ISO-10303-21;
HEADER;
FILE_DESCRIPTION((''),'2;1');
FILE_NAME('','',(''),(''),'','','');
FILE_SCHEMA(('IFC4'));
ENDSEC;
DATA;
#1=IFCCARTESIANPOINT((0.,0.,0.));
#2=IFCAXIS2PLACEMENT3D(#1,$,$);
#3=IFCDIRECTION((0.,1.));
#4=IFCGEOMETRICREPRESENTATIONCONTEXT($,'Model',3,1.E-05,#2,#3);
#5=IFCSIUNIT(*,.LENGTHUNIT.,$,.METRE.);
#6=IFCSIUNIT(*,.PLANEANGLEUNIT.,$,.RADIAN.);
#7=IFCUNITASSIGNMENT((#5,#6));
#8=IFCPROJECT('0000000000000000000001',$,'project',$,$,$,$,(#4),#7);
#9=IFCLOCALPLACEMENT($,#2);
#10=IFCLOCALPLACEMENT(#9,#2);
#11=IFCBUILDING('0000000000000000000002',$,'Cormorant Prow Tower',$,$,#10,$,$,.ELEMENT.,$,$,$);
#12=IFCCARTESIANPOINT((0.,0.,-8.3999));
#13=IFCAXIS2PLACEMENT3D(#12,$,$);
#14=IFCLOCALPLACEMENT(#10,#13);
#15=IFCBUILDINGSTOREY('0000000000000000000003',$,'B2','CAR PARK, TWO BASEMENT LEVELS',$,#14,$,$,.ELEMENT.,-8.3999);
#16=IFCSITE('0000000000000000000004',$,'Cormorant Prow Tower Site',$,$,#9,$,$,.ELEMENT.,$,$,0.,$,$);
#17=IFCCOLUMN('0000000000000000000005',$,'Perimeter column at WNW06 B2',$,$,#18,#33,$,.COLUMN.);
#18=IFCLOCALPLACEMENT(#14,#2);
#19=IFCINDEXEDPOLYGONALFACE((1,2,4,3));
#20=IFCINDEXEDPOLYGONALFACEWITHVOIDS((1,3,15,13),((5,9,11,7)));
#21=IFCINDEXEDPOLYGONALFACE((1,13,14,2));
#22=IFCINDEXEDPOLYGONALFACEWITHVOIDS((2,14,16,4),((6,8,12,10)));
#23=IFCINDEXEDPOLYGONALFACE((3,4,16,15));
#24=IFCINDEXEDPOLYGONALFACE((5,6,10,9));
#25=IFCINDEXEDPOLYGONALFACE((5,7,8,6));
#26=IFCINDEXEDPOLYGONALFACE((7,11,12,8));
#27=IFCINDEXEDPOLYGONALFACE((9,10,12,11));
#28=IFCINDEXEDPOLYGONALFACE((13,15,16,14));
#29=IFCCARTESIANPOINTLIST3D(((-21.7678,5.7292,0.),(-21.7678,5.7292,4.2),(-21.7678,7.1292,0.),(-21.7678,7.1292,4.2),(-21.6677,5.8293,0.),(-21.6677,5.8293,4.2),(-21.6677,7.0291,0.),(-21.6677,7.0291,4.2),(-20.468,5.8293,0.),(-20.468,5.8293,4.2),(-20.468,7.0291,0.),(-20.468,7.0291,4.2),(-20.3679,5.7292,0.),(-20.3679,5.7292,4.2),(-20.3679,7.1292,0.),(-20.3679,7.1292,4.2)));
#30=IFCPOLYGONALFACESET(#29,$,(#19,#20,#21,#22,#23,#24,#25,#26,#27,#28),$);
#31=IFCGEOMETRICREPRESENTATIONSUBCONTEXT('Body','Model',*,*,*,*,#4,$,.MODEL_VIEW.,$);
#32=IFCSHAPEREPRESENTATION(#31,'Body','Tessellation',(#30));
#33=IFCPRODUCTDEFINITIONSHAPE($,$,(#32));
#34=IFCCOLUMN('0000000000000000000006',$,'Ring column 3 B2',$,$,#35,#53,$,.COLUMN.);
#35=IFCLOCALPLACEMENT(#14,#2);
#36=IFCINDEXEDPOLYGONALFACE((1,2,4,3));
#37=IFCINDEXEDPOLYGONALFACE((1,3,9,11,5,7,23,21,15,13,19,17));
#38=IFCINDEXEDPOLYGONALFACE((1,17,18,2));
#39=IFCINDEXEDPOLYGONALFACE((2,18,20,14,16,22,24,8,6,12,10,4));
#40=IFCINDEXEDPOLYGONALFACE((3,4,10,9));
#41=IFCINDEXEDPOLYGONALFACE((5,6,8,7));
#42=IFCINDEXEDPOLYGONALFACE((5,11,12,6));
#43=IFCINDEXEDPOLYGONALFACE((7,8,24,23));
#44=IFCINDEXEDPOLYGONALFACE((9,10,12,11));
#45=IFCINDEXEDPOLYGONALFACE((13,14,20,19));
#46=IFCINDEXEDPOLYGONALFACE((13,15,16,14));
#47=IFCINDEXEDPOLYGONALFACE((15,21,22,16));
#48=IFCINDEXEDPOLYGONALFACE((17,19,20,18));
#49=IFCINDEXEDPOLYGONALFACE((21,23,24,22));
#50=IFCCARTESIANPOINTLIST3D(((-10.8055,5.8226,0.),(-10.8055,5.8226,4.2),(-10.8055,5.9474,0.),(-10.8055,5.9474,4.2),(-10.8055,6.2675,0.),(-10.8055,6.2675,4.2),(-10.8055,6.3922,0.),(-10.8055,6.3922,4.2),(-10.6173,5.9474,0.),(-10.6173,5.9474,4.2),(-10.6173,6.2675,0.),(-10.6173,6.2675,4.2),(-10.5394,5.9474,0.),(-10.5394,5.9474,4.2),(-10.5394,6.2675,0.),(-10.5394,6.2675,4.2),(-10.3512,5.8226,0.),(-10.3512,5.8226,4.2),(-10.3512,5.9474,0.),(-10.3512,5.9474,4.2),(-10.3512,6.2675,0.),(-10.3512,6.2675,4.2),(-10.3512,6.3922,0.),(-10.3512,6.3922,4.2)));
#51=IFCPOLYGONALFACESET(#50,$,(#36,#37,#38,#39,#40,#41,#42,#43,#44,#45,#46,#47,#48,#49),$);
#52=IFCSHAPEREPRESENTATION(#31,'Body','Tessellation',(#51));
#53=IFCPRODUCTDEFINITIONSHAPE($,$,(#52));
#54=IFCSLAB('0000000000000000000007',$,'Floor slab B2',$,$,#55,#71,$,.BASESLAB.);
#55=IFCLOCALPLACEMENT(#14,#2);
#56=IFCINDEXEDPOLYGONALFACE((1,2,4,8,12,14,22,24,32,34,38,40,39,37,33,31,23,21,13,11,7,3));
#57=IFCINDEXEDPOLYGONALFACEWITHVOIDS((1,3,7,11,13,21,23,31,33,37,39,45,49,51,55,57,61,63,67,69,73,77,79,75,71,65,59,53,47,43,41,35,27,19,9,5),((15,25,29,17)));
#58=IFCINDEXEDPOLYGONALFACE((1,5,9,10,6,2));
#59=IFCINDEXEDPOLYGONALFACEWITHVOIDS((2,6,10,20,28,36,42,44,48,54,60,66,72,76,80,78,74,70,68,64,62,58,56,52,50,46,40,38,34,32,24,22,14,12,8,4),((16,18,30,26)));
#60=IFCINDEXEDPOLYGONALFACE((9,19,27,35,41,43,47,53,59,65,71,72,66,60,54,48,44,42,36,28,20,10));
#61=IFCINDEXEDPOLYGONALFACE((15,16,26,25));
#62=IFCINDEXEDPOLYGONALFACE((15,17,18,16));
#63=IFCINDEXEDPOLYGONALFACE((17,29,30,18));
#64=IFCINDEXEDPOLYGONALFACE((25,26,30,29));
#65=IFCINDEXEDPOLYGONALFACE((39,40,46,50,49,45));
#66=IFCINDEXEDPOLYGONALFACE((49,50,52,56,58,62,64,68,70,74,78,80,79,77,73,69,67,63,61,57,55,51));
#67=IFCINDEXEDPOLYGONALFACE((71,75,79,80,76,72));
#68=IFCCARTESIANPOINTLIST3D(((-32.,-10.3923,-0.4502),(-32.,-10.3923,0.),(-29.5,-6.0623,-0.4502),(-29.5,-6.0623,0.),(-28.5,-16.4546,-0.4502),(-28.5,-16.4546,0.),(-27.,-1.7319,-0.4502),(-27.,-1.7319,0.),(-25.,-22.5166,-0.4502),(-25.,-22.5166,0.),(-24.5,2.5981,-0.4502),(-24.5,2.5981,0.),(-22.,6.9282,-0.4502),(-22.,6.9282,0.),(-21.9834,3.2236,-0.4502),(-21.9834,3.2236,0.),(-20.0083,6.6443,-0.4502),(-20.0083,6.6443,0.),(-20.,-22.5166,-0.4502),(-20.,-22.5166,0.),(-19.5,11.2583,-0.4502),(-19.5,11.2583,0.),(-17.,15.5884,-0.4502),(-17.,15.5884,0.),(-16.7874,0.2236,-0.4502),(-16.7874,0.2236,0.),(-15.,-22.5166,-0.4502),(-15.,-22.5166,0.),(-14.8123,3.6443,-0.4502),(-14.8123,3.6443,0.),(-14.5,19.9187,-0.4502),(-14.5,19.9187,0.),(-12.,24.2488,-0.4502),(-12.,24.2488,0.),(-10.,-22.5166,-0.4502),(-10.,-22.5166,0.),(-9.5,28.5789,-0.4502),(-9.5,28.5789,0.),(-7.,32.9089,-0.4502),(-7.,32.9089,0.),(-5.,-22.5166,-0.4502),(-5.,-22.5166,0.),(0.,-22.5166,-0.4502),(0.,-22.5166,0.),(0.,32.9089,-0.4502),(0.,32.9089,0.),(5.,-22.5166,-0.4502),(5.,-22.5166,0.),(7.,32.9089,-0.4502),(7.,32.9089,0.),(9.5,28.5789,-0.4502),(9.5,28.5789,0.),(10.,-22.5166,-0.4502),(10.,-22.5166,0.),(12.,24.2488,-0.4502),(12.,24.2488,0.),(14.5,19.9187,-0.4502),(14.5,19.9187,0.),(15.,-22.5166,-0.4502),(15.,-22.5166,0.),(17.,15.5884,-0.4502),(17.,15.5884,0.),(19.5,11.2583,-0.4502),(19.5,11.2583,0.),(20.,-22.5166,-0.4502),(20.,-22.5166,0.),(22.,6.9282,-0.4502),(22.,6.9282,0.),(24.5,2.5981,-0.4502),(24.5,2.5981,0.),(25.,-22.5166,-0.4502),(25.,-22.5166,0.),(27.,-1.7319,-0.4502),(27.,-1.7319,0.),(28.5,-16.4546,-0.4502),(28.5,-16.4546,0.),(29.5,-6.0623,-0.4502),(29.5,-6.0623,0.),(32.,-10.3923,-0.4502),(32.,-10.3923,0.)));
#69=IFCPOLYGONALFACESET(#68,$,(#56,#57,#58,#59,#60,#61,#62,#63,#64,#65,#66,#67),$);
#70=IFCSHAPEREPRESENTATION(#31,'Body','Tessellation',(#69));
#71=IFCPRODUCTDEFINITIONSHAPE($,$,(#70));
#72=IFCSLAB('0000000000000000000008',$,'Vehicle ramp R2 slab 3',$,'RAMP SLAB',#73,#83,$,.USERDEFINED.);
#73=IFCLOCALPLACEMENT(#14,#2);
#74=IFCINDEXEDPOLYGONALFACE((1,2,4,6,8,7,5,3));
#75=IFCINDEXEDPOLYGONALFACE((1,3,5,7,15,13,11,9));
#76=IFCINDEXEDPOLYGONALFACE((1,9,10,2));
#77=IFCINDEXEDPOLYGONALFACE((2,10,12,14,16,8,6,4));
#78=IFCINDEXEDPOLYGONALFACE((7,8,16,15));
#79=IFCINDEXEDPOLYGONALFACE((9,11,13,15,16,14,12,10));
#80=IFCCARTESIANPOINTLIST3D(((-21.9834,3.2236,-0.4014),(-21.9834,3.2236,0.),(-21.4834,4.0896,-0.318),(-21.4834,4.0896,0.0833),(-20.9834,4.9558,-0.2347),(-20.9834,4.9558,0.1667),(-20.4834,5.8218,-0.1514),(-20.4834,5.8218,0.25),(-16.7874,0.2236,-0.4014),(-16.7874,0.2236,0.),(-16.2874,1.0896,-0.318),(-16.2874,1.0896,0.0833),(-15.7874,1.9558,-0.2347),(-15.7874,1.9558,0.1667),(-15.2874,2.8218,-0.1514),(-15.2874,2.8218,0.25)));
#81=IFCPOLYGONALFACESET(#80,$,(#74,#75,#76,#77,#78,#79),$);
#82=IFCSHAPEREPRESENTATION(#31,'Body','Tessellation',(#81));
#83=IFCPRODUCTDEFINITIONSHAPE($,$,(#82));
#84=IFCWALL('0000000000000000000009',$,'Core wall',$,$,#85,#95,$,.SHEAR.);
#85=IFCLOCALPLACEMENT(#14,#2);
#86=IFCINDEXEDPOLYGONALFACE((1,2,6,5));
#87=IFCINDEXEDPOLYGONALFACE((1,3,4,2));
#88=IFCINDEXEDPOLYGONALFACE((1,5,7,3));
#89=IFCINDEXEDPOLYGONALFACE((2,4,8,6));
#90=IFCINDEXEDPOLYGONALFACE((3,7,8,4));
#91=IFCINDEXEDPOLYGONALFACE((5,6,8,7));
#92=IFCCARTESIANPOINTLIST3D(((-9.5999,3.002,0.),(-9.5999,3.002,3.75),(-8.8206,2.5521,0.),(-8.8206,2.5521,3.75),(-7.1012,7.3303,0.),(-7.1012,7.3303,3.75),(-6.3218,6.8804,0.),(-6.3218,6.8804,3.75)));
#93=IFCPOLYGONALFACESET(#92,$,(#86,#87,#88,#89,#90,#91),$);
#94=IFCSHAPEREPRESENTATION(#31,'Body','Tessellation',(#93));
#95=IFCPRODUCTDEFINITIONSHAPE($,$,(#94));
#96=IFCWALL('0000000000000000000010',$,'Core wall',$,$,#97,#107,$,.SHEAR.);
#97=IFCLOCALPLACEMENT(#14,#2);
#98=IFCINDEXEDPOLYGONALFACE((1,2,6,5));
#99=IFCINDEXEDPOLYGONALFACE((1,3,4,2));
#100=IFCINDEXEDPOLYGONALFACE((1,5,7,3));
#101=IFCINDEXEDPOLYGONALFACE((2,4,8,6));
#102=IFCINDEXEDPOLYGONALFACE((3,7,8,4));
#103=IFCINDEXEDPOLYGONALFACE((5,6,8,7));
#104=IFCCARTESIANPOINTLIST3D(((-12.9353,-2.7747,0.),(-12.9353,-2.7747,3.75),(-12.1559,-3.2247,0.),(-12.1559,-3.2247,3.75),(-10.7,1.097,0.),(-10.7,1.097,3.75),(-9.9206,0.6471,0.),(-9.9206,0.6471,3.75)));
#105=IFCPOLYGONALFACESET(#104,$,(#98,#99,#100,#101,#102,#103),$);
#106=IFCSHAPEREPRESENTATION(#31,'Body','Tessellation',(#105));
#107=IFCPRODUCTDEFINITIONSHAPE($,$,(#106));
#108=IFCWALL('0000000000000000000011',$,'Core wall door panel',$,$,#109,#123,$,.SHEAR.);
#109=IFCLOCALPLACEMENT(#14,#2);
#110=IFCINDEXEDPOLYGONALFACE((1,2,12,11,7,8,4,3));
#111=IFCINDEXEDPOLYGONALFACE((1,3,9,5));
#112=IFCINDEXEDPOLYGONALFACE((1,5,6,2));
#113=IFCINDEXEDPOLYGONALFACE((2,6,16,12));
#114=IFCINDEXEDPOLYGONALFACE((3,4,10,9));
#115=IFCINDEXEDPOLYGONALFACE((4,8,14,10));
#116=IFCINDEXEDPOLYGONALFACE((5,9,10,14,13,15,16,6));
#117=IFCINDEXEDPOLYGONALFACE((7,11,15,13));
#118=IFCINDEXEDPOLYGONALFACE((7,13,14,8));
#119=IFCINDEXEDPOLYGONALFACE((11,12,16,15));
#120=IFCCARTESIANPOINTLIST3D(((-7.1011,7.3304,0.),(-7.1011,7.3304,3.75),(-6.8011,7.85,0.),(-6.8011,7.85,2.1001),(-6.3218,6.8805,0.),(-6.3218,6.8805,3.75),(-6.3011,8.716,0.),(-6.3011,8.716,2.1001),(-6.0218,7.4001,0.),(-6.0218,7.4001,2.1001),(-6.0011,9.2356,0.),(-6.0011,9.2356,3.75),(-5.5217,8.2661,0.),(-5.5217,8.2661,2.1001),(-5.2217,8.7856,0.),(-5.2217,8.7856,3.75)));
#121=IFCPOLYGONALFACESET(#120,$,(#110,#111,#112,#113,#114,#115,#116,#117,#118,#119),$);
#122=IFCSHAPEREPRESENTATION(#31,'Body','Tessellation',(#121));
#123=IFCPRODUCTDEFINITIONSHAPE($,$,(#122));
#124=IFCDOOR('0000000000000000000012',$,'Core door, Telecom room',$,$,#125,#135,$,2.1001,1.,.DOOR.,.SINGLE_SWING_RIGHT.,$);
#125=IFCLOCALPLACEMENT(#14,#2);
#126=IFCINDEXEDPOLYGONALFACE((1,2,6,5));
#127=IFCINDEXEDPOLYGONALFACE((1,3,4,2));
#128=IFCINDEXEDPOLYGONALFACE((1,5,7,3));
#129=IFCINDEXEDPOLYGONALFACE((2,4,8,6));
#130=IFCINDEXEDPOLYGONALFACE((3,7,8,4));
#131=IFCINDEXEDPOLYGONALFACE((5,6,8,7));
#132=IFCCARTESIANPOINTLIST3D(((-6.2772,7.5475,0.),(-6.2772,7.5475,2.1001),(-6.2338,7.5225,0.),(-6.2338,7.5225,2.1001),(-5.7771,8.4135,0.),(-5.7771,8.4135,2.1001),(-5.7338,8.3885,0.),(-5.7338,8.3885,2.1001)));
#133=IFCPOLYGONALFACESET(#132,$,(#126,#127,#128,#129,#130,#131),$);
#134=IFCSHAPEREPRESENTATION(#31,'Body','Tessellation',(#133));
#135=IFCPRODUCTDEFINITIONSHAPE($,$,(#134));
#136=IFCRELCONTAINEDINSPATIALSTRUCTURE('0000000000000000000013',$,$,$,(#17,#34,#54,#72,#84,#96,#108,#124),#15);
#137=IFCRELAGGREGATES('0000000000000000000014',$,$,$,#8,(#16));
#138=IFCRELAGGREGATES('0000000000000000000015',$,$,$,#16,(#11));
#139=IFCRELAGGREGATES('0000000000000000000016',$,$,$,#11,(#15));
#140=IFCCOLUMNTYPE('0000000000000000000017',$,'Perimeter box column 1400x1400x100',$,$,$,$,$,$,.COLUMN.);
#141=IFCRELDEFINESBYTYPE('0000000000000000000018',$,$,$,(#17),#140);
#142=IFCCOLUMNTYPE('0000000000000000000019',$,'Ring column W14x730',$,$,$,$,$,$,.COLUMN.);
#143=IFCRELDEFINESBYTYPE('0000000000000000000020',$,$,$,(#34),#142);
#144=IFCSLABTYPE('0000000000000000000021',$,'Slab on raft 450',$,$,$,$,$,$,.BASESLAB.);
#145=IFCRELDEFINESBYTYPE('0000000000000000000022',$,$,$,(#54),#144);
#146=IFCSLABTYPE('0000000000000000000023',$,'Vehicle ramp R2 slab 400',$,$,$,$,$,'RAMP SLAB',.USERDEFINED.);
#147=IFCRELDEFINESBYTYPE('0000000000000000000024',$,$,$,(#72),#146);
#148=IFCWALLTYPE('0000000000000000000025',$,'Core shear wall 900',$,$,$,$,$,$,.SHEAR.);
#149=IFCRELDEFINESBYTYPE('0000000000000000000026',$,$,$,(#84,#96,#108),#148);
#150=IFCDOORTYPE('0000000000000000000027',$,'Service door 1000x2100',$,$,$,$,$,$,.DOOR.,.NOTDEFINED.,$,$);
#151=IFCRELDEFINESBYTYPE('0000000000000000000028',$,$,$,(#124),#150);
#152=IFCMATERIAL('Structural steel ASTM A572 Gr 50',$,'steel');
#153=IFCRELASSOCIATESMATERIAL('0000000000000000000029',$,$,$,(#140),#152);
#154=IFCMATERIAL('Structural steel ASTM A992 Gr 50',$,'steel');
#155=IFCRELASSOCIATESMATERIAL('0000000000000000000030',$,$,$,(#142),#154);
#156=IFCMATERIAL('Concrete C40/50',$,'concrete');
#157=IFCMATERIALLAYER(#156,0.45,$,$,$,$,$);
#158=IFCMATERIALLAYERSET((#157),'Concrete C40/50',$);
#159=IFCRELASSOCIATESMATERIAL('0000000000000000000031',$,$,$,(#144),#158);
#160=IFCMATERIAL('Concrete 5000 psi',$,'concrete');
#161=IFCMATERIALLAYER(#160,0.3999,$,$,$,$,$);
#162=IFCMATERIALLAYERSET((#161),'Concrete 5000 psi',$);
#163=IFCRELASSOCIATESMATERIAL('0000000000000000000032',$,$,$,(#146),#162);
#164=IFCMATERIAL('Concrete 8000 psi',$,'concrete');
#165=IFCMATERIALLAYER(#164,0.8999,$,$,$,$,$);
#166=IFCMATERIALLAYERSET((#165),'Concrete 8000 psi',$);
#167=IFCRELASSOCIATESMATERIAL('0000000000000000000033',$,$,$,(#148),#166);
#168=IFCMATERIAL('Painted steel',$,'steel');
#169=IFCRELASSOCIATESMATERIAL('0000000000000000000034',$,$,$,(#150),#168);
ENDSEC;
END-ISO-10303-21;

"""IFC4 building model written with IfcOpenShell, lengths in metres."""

from ifc_helpers import new_model, si_unit, direction, frame, frame_2d, origin, origin_2d, place, context, subcontext, project, spatial, polyline, rectangle, hollow_rectangle, i_section, outline, extrude, material, layer, layer_set, material_profile, profile_set, type_object, element, fill, save


model = new_model("IFC4")

# Units and contexts
model_context = context("Model", 3, precision=1e-05, world=origin(), true_north=direction((0.0, 1.0)))
body_context = subcontext(model_context, "Body", "Model", "MODEL_VIEW")
ifc_project = project(units=[si_unit("LENGTHUNIT", "METRE"), si_unit("PLANEANGLEUNIT", "RADIAN")], contexts=[model_context])

# Site, building, storey
site_placement = place(None, origin())
site = spatial("IfcSite", under=ifc_project, at=site_placement, Name="Cormorant Prow Tower Site", CompositionType="ELEMENT", RefElevation=0.0)
building_placement = place(site_placement, origin())
building = spatial("IfcBuilding", under=site, at=building_placement, Name="Cormorant Prow Tower", CompositionType="ELEMENT")
storey_placement = place(building_placement, frame((0.0, 0.0, -8.3999)))
storey = spatial("IfcBuildingStorey", under=building, at=storey_placement, Name="B2", Description="CAR PARK, TWO BASEMENT LEVELS", CompositionType="ELEMENT", Elevation=-8.3999)

# Columns
ifc_material_1 = material(Name="Structural steel ASTM A572 Gr 50", Category="steel")
ifc_material_profile_1 = material_profile(ifc_material_1, hollow_rectangle(XDim=1.3999, YDim=1.3999, WallThickness=0.1001, at=origin_2d()), Name="Box 1400x1400x100")
ifc_profile_set_1 = profile_set([ifc_material_profile_1], Name="Structural steel ASTM A572 Gr 50")
column_type_1 = type_object("IfcColumnType", Name="Perimeter box column 1400x1400x100", PredefinedType="COLUMN", material=ifc_profile_set_1)
column_1_placement = place(storey_placement, frame((-21.0679, 6.4292, 0.0), z_axis=(0.0, 0.0, 1.0), x_axis=(1.0, 0.0, 0.0)))
element("IfcColumn", 1, at=column_1_placement, inside=storey, type_object=column_type_1, Name="Perimeter column at WNW06 B2", PredefinedType="COLUMN", context=body_context, shape_type="SweptSolid", body=[
    extrude(hollow_rectangle(XDim=1.3999, YDim=1.3999, WallThickness=0.1001, at=origin_2d()), origin(), (0.0, 0.0, 1.0), 4.2),
])
ifc_material_2 = material(Name="Structural steel ASTM A992 Gr 50", Category="steel")
ifc_material_profile_2 = material_profile(ifc_material_2, i_section(OverallWidth=0.4543, OverallDepth=0.5696, WebThickness=0.0779, FlangeThickness=0.1248, at=origin_2d()), Name="W14x730")
ifc_profile_set_2 = profile_set([ifc_material_profile_2], Name="Structural steel ASTM A992 Gr 50")
column_type_2 = type_object("IfcColumnType", Name="Ring column W14x730", PredefinedType="COLUMN", material=ifc_profile_set_2)
column_2_placement = place(storey_placement, frame((-10.5784, 6.1074, 0.0), z_axis=(0.0, 0.0, 1.0), x_axis=(1.0, 0.0, 0.0)))
element("IfcColumn", 2, at=column_2_placement, inside=storey, type_object=column_type_2, Name="Ring column 3 B2", PredefinedType="COLUMN", context=body_context, shape_type="SweptSolid", body=[
    extrude(i_section(OverallWidth=0.4543, OverallDepth=0.5696, WebThickness=0.0779, FlangeThickness=0.1248, at=origin_2d()), origin(), (0.0, 0.0, 1.0), 4.2),
])

# Slabs
ifc_material_3 = material(Name="Concrete C40/50", Category="concrete")
ifc_layer_1 = layer(ifc_material_3, 0.45)
ifc_layer_set_1 = layer_set([ifc_layer_1], Name="Concrete C40/50")
slab_type_1 = type_object("IfcSlabType", Name="Slab on raft 450", PredefinedType="BASESLAB", material=ifc_layer_set_1)
slab_1_placement = place(storey_placement, frame((0.0, 0.0, -0.4502)))
element("IfcSlab", 3, at=slab_1_placement, inside=storey, type_object=slab_type_1, Name="Floor slab B2", PredefinedType="BASESLAB", context=body_context, shape_type="SweptSolid", body=[
    extrude(outline(polyline([(-28.5, -16.4546), (-25.0, -22.5166), (-20.0, -22.5166), (-15.0, -22.5166), (-10.0, -22.5166), (-5.0, -22.5166), (0.0, -22.5166), (5.0, -22.5166), (10.0, -22.5166), (15.0, -22.5166), (20.0, -22.5166), (25.0, -22.5166), (28.5, -16.4546), (32.0, -10.3923), (29.5, -6.0623), (27.0, -1.7319), (24.5, 2.5981), (22.0, 6.9282), (19.5, 11.2583), (17.0, 15.5884), (14.5, 19.9187), (12.0, 24.2488), (9.5, 28.5789), (7.0, 32.9089), (0.0, 32.9089), (-7.0, 32.9089), (-9.5, 28.5789), (-12.0, 24.2488), (-14.5, 19.9187), (-17.0, 15.5884), (-19.5, 11.2583), (-22.0, 6.9282), (-24.5, 2.5981), (-27.0, -1.7319), (-29.5, -6.0623), (-32.0, -10.3923), (-28.5, -16.4546)]), holes=[polyline([(-20.0083, 6.6443), (-14.8123, 3.6443), (-16.7874, 0.2236), (-21.9834, 3.2236), (-20.0083, 6.6443)])]), origin(), (0.0, 0.0, 1.0), 0.4502),
])
ifc_material_4 = material(Name="Concrete 5000 psi", Category="concrete")
ifc_layer_2 = layer(ifc_material_4, 0.3999)
ifc_layer_set_2 = layer_set([ifc_layer_2], Name="Concrete 5000 psi")
slab_type_2 = type_object("IfcSlabType", Name="Vehicle ramp R2 slab 400", ElementType="RAMP SLAB", PredefinedType="USERDEFINED", material=ifc_layer_set_2)
slab_2_placement = place(storey_placement, frame((-15.2874, 2.8218, 0.25), z_axis=(-0.041523, -0.071918, 0.996546), x_axis=(-0.498298, -0.863019, -0.083044)))
element("IfcSlab", 4, at=slab_2_placement, inside=storey, type_object=slab_type_2, Name="Vehicle ramp R2 slab 3", ObjectType="RAMP SLAB", PredefinedType="USERDEFINED", context=body_context, shape_type="SweptSolid", body=[
    extrude(outline(polyline([(0.0, 0.0), (1.0034, 0.0), (2.007, 0.0001), (3.0105, 0.0001), (3.0106, -5.9998), (2.0072, -5.9998), (1.0036, -5.9999), (0.0001, -5.9999), (0.0, 0.0)])), origin(), (0.083044, 0.000002, -0.996546), 0.4014),
])

# Walls
ifc_material_5 = material(Name="Concrete 8000 psi", Category="concrete")
ifc_layer_3 = layer(ifc_material_5, 0.8999)
ifc_layer_set_3 = layer_set([ifc_layer_3], Name="Concrete 8000 psi")
wall_type_1 = type_object("IfcWallType", Name="Core shear wall 900", PredefinedType="SHEAR", material=ifc_layer_set_3)
wall_1_placement = place(storey_placement, frame((-6.7114, 7.1055, 0.0), z_axis=(0.0, 0.0, 1.0), x_axis=(-0.499969, -0.866043, 0.0)))
element("IfcWall", 5, at=wall_1_placement, inside=storey, type_object=wall_type_1, Name="Core wall", PredefinedType="SHEAR", context=body_context, shape_type="SweptSolid", body=[
    extrude(rectangle(XDim=4.9978, YDim=0.8999, at=frame_2d((2.499, 0.0))), origin(), (0.0, 0.0, 1.0), 3.75),
])
wall_2_placement = place(storey_placement, frame((-10.3103, 0.8721, 0.0), z_axis=(0.0, 0.0, 1.0), x_axis=(-0.499992, -0.86603, 0.0)))
element("IfcWall", 6, at=wall_2_placement, inside=storey, type_object=wall_type_1, Name="Core wall", PredefinedType="SHEAR", context=body_context, shape_type="SweptSolid", body=[
    extrude(rectangle(XDim=4.4707, YDim=0.8999, at=frame_2d((2.2354, 0.0))), origin(), (0.0, 0.0, 1.0), 3.75),
])

# Wall, opening, door
wall_3_placement = place(storey_placement, frame((-5.6113, 9.0107, 0.0), z_axis=(0.0, 0.0, 1.0), x_axis=(-0.50003, -0.866008, 0.0)))
wall_3 = element("IfcWall", 7, at=wall_3_placement, inside=storey, type_object=wall_type_1, Name="Core wall door panel", PredefinedType="SHEAR", context=body_context, shape_type="SweptSolid", body=[
    extrude(rectangle(XDim=2.2, YDim=0.8999, at=frame_2d((1.1001, 0.0))), origin(), (0.0, 0.0, 1.0), 3.75),
])
opening_1_placement = place(wall_3_placement, frame((0.6001, 0.0, 0.0)))
opening_1 = element("IfcOpeningElement", 8, at=opening_1_placement, cuts=wall_3, PredefinedType="OPENING", context=body_context, shape_type="SweptSolid", body=[
    extrude(rectangle(XDim=1.0, YDim=2.1001, at=frame_2d((0.5, 1.05))), frame((0.0, 0.46, 0.0), z_axis=(0.0, -1.0, 0.0), x_axis=(1.0, 0.0, 0.0)), (0.0, 0.0, 1.0), 0.9199),
])
ifc_material_6 = material(Name="Painted steel", Category="steel")
door_type_1 = type_object("IfcDoorType", Name="Service door 1000x2100", OperationType="NOTDEFINED", PredefinedType="DOOR", material=ifc_material_6)
door_1_placement = place(opening_1_placement, origin())
door_1 = element("IfcDoor", 9, at=door_1_placement, inside=storey, type_object=door_type_1, Name="Core door, Telecom room", OperationType="SINGLE_SWING_RIGHT", OverallHeight=2.1001, OverallWidth=1.0, PredefinedType="DOOR", context=body_context, shape_type="SweptSolid", body=[
    extrude(rectangle(XDim=1.0, YDim=2.1001, at=frame_2d((0.5, 1.05))), frame((0.0, 0.2051, 0.0), z_axis=(0.0, -1.0, 0.0), x_axis=(1.0, 0.0, 0.0)), (0.0, 0.0, 1.0), 0.05),
])
fill(opening_1, door_1)

save(model, "model.ifc")
